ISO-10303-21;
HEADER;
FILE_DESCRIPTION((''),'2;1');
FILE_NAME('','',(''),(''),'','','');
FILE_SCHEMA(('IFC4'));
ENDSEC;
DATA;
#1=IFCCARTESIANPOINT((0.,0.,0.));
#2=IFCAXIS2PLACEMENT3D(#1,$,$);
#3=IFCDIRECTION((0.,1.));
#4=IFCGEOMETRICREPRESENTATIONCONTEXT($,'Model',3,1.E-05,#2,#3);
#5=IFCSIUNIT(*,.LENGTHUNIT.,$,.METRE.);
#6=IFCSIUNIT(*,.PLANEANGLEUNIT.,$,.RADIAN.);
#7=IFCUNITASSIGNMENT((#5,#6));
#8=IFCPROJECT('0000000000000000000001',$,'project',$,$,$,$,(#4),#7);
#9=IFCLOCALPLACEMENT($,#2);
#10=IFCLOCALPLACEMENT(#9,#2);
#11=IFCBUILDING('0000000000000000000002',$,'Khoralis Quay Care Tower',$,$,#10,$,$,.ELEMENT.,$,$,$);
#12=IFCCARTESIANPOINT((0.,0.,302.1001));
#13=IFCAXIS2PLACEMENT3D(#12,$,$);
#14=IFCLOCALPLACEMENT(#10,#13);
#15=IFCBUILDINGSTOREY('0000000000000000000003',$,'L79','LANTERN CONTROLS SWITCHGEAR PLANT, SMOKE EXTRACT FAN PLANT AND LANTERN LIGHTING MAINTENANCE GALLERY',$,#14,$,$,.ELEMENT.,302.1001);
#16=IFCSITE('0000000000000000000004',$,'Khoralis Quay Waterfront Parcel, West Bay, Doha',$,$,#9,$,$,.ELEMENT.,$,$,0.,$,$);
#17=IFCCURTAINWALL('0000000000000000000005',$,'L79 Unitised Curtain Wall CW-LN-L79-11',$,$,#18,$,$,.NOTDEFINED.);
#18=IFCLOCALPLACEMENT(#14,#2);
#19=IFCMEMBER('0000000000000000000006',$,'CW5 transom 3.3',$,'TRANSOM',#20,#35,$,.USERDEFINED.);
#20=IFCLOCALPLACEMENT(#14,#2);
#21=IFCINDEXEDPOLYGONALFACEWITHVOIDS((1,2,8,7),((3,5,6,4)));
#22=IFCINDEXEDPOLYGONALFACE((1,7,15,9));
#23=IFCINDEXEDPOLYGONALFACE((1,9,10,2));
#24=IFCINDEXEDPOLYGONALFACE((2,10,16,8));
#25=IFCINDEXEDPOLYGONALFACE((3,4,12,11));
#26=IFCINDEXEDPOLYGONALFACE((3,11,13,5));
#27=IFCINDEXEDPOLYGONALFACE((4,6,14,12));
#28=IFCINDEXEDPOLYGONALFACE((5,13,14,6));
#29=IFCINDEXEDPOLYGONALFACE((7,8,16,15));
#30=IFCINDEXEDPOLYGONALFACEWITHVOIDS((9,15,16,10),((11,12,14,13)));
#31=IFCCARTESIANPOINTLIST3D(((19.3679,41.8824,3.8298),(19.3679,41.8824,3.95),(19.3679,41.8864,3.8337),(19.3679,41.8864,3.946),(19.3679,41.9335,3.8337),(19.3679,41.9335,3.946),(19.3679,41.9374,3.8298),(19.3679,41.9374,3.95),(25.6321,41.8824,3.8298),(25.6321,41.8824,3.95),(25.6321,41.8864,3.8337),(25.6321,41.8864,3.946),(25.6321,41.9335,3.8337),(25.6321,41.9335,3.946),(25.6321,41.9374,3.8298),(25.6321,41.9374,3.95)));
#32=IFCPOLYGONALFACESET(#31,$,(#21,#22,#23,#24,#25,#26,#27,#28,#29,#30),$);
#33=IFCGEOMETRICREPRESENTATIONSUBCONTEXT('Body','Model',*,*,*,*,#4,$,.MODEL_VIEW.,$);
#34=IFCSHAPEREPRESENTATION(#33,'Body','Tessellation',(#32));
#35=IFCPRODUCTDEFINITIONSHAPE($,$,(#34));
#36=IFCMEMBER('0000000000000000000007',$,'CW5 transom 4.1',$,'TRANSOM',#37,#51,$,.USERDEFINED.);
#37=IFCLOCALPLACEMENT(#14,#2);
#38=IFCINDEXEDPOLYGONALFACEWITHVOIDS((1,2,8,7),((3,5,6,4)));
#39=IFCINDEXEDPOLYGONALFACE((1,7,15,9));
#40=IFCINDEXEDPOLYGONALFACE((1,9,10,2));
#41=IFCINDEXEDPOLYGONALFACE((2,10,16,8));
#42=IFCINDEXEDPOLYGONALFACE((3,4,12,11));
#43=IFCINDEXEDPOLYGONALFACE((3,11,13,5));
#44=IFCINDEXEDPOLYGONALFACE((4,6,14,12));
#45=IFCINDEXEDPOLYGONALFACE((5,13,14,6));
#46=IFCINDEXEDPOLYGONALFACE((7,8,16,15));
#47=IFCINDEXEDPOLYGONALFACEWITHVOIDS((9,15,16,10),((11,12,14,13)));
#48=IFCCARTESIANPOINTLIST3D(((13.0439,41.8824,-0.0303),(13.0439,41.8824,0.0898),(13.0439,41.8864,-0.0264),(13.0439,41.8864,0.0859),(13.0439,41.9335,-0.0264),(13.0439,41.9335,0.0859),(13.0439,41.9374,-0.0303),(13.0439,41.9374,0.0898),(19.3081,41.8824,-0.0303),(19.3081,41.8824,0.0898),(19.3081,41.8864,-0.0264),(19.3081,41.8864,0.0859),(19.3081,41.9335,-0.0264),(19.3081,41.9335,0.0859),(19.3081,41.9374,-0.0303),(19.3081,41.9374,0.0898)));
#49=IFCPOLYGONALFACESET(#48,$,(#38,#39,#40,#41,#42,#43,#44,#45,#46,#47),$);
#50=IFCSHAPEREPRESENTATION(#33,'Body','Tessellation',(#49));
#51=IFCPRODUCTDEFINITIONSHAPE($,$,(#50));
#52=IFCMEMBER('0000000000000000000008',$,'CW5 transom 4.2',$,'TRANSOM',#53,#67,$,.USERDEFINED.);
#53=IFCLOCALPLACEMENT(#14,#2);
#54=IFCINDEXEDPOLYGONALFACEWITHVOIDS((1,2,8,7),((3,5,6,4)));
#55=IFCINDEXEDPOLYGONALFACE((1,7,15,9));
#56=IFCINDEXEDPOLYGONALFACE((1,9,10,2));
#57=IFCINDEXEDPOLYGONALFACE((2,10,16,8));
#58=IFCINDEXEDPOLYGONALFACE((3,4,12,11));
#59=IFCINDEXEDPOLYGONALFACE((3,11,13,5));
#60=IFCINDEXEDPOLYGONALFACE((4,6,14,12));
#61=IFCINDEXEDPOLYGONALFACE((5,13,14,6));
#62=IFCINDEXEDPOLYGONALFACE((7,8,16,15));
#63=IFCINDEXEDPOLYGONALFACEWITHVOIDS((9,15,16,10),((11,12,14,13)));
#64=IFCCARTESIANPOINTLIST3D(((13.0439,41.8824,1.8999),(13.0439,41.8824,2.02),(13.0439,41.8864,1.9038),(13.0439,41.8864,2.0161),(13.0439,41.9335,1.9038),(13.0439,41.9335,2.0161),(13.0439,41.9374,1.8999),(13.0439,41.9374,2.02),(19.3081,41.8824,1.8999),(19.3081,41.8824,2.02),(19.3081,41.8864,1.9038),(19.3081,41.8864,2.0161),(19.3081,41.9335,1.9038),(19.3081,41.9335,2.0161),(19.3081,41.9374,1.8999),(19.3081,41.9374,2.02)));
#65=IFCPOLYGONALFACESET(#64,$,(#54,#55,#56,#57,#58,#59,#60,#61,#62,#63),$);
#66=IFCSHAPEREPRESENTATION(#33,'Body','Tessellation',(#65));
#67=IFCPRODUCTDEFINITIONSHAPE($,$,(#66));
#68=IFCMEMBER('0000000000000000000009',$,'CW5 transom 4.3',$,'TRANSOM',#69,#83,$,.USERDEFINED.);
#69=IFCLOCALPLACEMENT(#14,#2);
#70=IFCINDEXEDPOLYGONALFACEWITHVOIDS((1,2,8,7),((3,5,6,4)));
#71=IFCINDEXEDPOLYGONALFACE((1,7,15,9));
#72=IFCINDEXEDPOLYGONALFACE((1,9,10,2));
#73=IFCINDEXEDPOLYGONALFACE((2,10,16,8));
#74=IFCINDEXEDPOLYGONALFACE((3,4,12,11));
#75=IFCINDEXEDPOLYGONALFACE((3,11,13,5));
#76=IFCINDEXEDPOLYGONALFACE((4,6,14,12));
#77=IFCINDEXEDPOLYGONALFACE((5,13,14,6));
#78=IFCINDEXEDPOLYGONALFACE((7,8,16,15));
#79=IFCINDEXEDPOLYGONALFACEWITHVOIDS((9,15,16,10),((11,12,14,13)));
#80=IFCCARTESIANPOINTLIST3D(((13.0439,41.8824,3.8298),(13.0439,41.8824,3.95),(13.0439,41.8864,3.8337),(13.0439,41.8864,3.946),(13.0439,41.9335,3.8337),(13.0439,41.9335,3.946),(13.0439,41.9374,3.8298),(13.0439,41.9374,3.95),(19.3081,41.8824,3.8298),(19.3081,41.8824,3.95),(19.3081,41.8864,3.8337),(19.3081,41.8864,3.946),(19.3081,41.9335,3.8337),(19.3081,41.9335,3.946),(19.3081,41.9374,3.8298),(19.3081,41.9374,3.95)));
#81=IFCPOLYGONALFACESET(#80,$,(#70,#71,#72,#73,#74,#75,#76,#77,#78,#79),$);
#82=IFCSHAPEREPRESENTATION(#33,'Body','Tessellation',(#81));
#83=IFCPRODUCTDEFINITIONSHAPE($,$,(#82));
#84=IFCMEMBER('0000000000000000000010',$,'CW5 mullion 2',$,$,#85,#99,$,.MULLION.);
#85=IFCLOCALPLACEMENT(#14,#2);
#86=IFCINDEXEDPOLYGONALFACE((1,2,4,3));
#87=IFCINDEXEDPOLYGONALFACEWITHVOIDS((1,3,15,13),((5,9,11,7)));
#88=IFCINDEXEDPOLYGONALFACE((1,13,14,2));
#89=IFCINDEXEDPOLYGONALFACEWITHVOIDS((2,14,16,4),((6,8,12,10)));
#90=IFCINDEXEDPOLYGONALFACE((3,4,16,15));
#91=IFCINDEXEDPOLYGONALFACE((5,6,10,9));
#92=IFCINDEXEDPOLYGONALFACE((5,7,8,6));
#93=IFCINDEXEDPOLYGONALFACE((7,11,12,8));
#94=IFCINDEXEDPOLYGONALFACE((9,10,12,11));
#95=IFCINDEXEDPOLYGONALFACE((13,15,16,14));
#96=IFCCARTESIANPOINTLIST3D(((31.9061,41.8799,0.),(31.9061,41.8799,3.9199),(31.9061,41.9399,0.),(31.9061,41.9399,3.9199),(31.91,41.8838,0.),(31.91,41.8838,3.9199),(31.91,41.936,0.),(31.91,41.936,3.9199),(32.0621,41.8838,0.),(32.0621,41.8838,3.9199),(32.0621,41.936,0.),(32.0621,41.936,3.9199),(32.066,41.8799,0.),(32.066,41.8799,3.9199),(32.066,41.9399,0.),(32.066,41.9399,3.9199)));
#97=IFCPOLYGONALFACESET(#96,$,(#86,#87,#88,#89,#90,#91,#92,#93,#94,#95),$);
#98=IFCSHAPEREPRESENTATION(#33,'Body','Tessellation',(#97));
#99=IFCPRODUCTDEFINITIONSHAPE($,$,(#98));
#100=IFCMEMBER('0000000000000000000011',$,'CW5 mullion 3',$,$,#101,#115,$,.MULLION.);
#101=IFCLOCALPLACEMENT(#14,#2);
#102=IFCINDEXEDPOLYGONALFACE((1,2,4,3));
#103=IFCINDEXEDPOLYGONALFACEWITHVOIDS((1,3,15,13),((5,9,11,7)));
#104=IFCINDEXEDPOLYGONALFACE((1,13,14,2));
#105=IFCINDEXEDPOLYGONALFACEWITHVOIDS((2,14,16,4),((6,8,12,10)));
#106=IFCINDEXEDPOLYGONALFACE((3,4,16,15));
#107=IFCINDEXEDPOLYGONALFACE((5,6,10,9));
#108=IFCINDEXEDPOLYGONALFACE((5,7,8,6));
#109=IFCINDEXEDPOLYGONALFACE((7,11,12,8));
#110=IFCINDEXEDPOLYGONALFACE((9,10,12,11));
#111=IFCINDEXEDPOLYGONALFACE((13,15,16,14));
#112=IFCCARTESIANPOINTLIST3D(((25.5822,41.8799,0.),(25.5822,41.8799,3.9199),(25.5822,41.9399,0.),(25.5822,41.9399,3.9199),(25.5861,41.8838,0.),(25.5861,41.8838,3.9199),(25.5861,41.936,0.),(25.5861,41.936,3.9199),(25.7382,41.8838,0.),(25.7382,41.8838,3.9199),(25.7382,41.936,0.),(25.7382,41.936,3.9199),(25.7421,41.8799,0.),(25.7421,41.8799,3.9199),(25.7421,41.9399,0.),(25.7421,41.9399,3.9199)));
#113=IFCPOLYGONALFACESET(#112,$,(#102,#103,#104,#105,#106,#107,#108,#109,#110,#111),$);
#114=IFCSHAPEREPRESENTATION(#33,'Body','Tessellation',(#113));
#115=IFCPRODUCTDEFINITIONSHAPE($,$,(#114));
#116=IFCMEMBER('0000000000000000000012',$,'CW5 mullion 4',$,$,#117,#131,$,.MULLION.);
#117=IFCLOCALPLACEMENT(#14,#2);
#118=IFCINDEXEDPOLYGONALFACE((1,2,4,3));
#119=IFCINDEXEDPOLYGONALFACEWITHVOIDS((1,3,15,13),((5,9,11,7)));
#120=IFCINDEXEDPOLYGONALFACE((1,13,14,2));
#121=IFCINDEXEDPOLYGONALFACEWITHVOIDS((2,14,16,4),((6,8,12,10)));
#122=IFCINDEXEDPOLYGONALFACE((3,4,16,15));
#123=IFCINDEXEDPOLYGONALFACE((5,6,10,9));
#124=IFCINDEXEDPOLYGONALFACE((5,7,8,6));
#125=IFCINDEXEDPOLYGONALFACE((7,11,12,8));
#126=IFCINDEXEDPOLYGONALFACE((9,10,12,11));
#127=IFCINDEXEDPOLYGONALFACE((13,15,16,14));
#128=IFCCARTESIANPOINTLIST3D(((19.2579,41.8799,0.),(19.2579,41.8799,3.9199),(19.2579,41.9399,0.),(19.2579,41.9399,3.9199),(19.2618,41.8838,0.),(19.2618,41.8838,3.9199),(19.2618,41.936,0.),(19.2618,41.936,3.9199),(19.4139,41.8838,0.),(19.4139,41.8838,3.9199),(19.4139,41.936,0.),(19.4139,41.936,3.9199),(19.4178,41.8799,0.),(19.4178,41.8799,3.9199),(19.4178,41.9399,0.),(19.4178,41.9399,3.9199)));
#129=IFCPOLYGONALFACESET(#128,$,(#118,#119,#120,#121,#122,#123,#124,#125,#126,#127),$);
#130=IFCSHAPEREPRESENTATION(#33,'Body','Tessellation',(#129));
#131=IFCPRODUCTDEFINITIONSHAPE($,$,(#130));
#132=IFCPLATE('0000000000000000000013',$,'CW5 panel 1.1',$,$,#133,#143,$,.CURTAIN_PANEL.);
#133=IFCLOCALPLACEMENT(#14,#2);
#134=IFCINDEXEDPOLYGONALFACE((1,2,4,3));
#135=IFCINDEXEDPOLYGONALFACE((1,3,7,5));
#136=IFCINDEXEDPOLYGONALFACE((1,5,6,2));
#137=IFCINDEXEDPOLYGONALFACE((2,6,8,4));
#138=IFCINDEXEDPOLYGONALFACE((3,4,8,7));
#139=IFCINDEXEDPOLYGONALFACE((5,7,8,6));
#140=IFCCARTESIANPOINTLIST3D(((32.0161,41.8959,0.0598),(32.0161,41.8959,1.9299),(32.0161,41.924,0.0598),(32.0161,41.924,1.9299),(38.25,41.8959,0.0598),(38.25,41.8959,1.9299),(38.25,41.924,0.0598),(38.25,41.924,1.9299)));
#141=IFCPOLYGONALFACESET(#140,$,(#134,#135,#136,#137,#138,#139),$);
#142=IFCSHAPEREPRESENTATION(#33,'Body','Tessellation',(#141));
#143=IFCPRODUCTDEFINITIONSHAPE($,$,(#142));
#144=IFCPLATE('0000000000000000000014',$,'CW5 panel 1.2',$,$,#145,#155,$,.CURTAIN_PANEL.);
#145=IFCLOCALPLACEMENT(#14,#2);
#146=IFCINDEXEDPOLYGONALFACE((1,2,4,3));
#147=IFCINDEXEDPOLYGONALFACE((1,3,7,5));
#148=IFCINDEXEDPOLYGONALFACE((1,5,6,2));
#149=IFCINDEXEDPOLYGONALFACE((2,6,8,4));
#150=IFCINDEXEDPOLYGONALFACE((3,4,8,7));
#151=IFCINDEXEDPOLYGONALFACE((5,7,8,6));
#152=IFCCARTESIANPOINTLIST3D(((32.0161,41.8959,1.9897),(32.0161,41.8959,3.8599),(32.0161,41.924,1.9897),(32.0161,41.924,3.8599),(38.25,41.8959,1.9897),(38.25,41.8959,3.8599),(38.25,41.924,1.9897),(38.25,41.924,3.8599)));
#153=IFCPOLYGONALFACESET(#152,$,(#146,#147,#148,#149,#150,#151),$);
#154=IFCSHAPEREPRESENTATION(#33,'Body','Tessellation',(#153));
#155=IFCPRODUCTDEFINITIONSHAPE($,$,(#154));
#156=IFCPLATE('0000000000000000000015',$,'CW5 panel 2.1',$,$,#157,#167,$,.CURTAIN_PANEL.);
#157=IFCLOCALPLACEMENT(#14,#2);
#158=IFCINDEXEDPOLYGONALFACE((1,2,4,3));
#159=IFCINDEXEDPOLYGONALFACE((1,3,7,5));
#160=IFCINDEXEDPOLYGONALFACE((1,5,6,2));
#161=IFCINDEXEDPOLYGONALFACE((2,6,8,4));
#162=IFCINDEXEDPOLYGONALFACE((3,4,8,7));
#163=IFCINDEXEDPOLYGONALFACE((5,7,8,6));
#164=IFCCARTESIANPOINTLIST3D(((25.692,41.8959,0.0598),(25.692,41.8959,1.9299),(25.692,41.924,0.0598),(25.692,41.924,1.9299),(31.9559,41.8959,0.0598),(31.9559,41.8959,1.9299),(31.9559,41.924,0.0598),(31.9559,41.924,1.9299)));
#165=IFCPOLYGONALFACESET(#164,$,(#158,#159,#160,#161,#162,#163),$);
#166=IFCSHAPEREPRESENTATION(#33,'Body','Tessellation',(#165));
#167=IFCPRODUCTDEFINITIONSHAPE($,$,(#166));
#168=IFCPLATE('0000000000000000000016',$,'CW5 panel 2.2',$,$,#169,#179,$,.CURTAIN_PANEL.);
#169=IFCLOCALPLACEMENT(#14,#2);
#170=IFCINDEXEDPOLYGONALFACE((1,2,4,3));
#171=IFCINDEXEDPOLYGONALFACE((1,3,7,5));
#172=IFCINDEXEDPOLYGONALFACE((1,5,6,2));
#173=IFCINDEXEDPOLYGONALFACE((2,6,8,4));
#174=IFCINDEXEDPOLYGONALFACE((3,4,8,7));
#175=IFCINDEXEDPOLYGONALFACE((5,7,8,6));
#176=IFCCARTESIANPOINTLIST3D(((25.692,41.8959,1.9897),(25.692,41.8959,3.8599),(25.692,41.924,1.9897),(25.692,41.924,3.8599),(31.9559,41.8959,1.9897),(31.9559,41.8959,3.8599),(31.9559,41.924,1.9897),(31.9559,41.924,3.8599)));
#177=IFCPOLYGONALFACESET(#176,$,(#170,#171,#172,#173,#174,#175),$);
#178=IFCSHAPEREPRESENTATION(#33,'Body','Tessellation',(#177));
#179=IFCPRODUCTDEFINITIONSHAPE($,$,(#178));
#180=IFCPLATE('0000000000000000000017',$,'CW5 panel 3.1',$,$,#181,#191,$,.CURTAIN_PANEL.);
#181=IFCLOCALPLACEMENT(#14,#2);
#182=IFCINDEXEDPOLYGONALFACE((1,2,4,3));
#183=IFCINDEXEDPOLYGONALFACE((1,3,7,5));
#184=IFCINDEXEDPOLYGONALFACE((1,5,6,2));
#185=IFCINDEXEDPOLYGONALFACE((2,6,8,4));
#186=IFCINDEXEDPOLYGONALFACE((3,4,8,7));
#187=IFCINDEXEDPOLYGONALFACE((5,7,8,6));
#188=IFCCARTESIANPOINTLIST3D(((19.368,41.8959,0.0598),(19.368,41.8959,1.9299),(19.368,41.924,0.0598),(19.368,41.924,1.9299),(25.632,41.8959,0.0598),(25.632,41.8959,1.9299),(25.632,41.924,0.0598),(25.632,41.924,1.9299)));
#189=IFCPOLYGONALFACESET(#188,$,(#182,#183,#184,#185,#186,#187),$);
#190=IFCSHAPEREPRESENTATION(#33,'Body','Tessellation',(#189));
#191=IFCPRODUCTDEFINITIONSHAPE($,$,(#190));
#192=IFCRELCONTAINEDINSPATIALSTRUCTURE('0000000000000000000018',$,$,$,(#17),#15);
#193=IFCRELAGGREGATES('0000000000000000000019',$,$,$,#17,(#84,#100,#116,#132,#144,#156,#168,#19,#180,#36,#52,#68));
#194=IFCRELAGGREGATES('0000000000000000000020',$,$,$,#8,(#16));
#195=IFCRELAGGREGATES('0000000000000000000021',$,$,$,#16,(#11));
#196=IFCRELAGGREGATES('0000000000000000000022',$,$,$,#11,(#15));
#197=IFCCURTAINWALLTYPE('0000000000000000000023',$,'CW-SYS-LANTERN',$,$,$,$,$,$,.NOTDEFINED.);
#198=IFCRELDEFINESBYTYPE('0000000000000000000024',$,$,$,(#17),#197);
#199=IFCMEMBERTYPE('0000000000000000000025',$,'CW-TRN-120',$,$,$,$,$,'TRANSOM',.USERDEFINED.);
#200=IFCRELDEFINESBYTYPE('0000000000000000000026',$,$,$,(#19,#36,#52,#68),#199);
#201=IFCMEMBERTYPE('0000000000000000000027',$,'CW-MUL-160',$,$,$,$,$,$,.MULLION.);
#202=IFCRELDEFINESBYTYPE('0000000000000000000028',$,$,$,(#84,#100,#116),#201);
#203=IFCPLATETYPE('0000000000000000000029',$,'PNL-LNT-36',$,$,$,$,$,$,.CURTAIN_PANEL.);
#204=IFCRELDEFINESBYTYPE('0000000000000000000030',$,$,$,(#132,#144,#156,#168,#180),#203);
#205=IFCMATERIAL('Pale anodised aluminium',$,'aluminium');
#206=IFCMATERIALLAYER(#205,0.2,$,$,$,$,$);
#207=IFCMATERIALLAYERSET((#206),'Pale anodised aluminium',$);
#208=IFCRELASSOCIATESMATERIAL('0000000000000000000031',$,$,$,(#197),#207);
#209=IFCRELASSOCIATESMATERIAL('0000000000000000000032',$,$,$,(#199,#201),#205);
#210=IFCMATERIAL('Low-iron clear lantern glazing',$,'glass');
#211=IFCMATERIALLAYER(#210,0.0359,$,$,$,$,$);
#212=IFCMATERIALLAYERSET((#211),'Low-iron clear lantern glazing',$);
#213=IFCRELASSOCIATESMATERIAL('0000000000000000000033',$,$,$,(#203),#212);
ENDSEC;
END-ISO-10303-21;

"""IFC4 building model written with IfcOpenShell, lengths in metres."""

from ifc_helpers import new_model, si_unit, direction, frame, origin, origin_2d, place, context, subcontext, project, spatial, rectangle, hollow_rectangle, extrude, source, transform, mapped, material, layer, layer_set, material_profile, profile_set, type_object, element, aggregate, save


model = new_model("IFC4")

# Units and contexts
model_context = context("Model", 3, precision=1e-05, world=origin(), true_north=direction((0.0, 1.0)))
body_context = subcontext(model_context, "Body", "Model", "MODEL_VIEW")
ifc_project = project(units=[si_unit("LENGTHUNIT", "METRE"), si_unit("PLANEANGLEUNIT", "RADIAN")], contexts=[model_context])

# Site, building, storey
site_placement = place(None, origin())
site = spatial("IfcSite", under=ifc_project, at=site_placement, Name="Khoralis Quay Waterfront Parcel, West Bay, Doha", CompositionType="ELEMENT", RefElevation=0.0)
building_placement = place(site_placement, origin())
building = spatial("IfcBuilding", under=site, at=building_placement, Name="Khoralis Quay Care Tower", CompositionType="ELEMENT")
storey_placement = place(building_placement, frame((0.0, 0.0, 302.1001)))
storey = spatial("IfcBuildingStorey", under=building, at=storey_placement, Name="L79", Description="LANTERN CONTROLS SWITCHGEAR PLANT, SMOKE EXTRACT FAN PLANT AND LANTERN LIGHTING MAINTENANCE GALLERY", CompositionType="ELEMENT", Elevation=302.1001)

# Curtain wall, members, plates
ifc_material_1 = material(Name="Pale anodised aluminium", Category="aluminium")
ifc_layer_1 = layer(ifc_material_1, 0.2)
ifc_layer_set_1 = layer_set([ifc_layer_1], Name="Pale anodised aluminium")
curtain_wall_type = type_object("IfcCurtainWallType", Name="CW-SYS-LANTERN", PredefinedType="NOTDEFINED", material=ifc_layer_set_1)
curtain_wall_placement = place(storey_placement, origin())
curtain_wall = element("IfcCurtainWall", 1, at=curtain_wall_placement, inside=storey, type_object=curtain_wall_type, Name="L79 Unitised Curtain Wall CW-LN-L79-11", PredefinedType="NOTDEFINED")
ifc_material_profile_1 = material_profile(ifc_material_1, hollow_rectangle(XDim=0.0549, YDim=0.1201, WallThickness=0.0039, at=origin_2d()), Name="Pale anodised aluminium")
ifc_profile_set_1 = profile_set([ifc_material_profile_1], Name="Pale anodised aluminium")
member_type_1 = type_object("IfcMemberType", Name="CW-TRN-120", ElementType="TRANSOM", PredefinedType="USERDEFINED", material=ifc_profile_set_1)
shared_shape_1 = source(origin(), body_context, "Body", "SweptSolid", [
    extrude(hollow_rectangle(XDim=0.0549, YDim=0.1201, WallThickness=0.0039, at=origin_2d()), origin(), (0.0, 0.0, 1.0), 6.2642),
])
member_1_placement = place(storey_placement, frame((25.6321, 41.9099, 3.8899), z_axis=(-1.0, 0.0, 0.0), x_axis=(0.0, -1.0, 0.0)))
member_1 = element("IfcMember", 2, at=member_1_placement, type_object=member_type_1, Name="CW5 transom 3.3", ObjectType="TRANSOM", PredefinedType="USERDEFINED", context=body_context, shape_type="MappedRepresentation", body=[
    mapped(shared_shape_1, transform((0.0, 0.0, 0.0), scale=1.0)),
])
member_2_placement = place(storey_placement, frame((19.3081, 41.9099, 0.0298), z_axis=(-1.0, 0.0, 0.0), x_axis=(0.0, -1.0, 0.0)))
member_2 = element("IfcMember", 3, at=member_2_placement, type_object=member_type_1, Name="CW5 transom 4.1", ObjectType="TRANSOM", PredefinedType="USERDEFINED", context=body_context, shape_type="MappedRepresentation", body=[
    mapped(shared_shape_1, transform((0.0, 0.0, 0.0), scale=1.0)),
])
member_3_placement = place(storey_placement, frame((19.3081, 41.9099, 1.96), z_axis=(-1.0, 0.0, 0.0), x_axis=(0.0, -1.0, 0.0)))
member_3 = element("IfcMember", 4, at=member_3_placement, type_object=member_type_1, Name="CW5 transom 4.2", ObjectType="TRANSOM", PredefinedType="USERDEFINED", context=body_context, shape_type="MappedRepresentation", body=[
    mapped(shared_shape_1, transform((0.0, 0.0, 0.0), scale=1.0)),
])
member_4_placement = place(storey_placement, frame((19.3081, 41.9099, 3.8899), z_axis=(-1.0, 0.0, 0.0), x_axis=(0.0, -1.0, 0.0)))
member_4 = element("IfcMember", 5, at=member_4_placement, type_object=member_type_1, Name="CW5 transom 4.3", ObjectType="TRANSOM", PredefinedType="USERDEFINED", context=body_context, shape_type="MappedRepresentation", body=[
    mapped(shared_shape_1, transform((0.0, 0.0, 0.0), scale=1.0)),
])
ifc_material_profile_2 = material_profile(ifc_material_1, hollow_rectangle(XDim=0.0601, YDim=0.1599, WallThickness=0.0039, at=origin_2d()), Name="Pale anodised aluminium")
ifc_profile_set_2 = profile_set([ifc_material_profile_2], Name="Pale anodised aluminium")
member_type_2 = type_object("IfcMemberType", Name="CW-MUL-160", PredefinedType="MULLION", material=ifc_profile_set_2)
shared_shape_2 = source(origin(), body_context, "Body", "SweptSolid", [
    extrude(hollow_rectangle(XDim=0.0601, YDim=0.1599, WallThickness=0.0039, at=origin_2d()), origin(), (0.0, 0.0, 1.0), 3.9199),
])
member_5_placement = place(storey_placement, frame((31.9861, 41.9099, 0.0), z_axis=(0.0, 0.0, 1.0), x_axis=(0.0, -1.0, 0.0)))
member_5 = element("IfcMember", 6, at=member_5_placement, type_object=member_type_2, Name="CW5 mullion 2", PredefinedType="MULLION", context=body_context, shape_type="MappedRepresentation", body=[
    mapped(shared_shape_2, transform((0.0, 0.0, 0.0), scale=1.0)),
])
member_6_placement = place(storey_placement, frame((25.6621, 41.9099, 0.0), z_axis=(0.0, 0.0, 1.0), x_axis=(0.0, -1.0, 0.0)))
member_6 = element("IfcMember", 7, at=member_6_placement, type_object=member_type_2, Name="CW5 mullion 3", PredefinedType="MULLION", context=body_context, shape_type="MappedRepresentation", body=[
    mapped(shared_shape_2, transform((0.0, 0.0, 0.0), scale=1.0)),
])
member_7_placement = place(storey_placement, frame((19.3379, 41.9099, 0.0), z_axis=(0.0, 0.0, 1.0), x_axis=(0.0, -1.0, 0.0)))
member_7 = element("IfcMember", 8, at=member_7_placement, type_object=member_type_2, Name="CW5 mullion 4", PredefinedType="MULLION", context=body_context, shape_type="MappedRepresentation", body=[
    mapped(shared_shape_2, transform((0.0, 0.0, 0.0), scale=1.0)),
])
ifc_material_2 = material(Name="Low-iron clear lantern glazing", Category="glass")
ifc_layer_2 = layer(ifc_material_2, 0.0359)
ifc_layer_set_2 = layer_set([ifc_layer_2], Name="Low-iron clear lantern glazing")
plate_type = type_object("IfcPlateType", Name="PNL-LNT-36", PredefinedType="CURTAIN_PANEL", material=ifc_layer_set_2)
shared_shape_3 = source(origin(), body_context, "Body", "SweptSolid", [
    extrude(rectangle(XDim=6.2339, YDim=0.0281, at=origin_2d()), origin(), (0.0, 0.0, 1.0), 1.8701),
])
plate_1_placement = place(storey_placement, frame((35.1331, 41.9099, 0.0598), z_axis=(0.0, 0.0, 1.0), x_axis=(-1.0, 0.0, 0.0)))
plate_1 = element("IfcPlate", 9, at=plate_1_placement, type_object=plate_type, Name="CW5 panel 1.1", PredefinedType="CURTAIN_PANEL", context=body_context, shape_type="MappedRepresentation", body=[
    mapped(shared_shape_3, transform((0.0, 0.0, 0.0), scale=1.0)),
])
plate_2_placement = place(storey_placement, frame((35.1331, 41.9099, 1.9897), z_axis=(0.0, 0.0, 1.0), x_axis=(-1.0, 0.0, 0.0)))
plate_2 = element("IfcPlate", 10, at=plate_2_placement, type_object=plate_type, Name="CW5 panel 1.2", PredefinedType="CURTAIN_PANEL", context=body_context, shape_type="MappedRepresentation", body=[
    mapped(shared_shape_3, transform((0.0, 0.0, 0.0), scale=1.0)),
])
shared_shape_4 = source(origin(), body_context, "Body", "SweptSolid", [
    extrude(rectangle(XDim=6.2639, YDim=0.0281, at=origin_2d()), origin(), (0.0, 0.0, 1.0), 1.8701),
])
plate_3_placement = place(storey_placement, frame((28.824, 41.9099, 0.0598), z_axis=(0.0, 0.0, 1.0), x_axis=(-1.0, 0.0, 0.0)))
plate_3 = element("IfcPlate", 11, at=plate_3_placement, type_object=plate_type, Name="CW5 panel 2.1", PredefinedType="CURTAIN_PANEL", context=body_context, shape_type="MappedRepresentation", body=[
    mapped(shared_shape_4, transform((0.0, 0.0, 0.0), scale=1.0)),
])
plate_4_placement = place(storey_placement, frame((28.824, 41.9099, 1.9897), z_axis=(0.0, 0.0, 1.0), x_axis=(-1.0, 0.0, 0.0)))
plate_4 = element("IfcPlate", 12, at=plate_4_placement, type_object=plate_type, Name="CW5 panel 2.2", PredefinedType="CURTAIN_PANEL", context=body_context, shape_type="MappedRepresentation", body=[
    mapped(shared_shape_4, transform((0.0, 0.0, 0.0), scale=1.0)),
])
plate_5_placement = place(storey_placement, frame((22.5, 41.9099, 0.0598), z_axis=(0.0, 0.0, 1.0), x_axis=(-1.0, 0.0, 0.0)))
plate_5 = element("IfcPlate", 13, at=plate_5_placement, type_object=plate_type, Name="CW5 panel 3.1", PredefinedType="CURTAIN_PANEL", context=body_context, shape_type="MappedRepresentation", body=[
    mapped(shared_shape_4, transform((0.0, 0.0, 0.0), scale=1.0)),
])
aggregate(curtain_wall, [member_5, member_6, member_7, plate_1, plate_2, plate_3, plate_4, member_1, plate_5, member_2, member_3, member_4])

save(model, "model.ifc")
